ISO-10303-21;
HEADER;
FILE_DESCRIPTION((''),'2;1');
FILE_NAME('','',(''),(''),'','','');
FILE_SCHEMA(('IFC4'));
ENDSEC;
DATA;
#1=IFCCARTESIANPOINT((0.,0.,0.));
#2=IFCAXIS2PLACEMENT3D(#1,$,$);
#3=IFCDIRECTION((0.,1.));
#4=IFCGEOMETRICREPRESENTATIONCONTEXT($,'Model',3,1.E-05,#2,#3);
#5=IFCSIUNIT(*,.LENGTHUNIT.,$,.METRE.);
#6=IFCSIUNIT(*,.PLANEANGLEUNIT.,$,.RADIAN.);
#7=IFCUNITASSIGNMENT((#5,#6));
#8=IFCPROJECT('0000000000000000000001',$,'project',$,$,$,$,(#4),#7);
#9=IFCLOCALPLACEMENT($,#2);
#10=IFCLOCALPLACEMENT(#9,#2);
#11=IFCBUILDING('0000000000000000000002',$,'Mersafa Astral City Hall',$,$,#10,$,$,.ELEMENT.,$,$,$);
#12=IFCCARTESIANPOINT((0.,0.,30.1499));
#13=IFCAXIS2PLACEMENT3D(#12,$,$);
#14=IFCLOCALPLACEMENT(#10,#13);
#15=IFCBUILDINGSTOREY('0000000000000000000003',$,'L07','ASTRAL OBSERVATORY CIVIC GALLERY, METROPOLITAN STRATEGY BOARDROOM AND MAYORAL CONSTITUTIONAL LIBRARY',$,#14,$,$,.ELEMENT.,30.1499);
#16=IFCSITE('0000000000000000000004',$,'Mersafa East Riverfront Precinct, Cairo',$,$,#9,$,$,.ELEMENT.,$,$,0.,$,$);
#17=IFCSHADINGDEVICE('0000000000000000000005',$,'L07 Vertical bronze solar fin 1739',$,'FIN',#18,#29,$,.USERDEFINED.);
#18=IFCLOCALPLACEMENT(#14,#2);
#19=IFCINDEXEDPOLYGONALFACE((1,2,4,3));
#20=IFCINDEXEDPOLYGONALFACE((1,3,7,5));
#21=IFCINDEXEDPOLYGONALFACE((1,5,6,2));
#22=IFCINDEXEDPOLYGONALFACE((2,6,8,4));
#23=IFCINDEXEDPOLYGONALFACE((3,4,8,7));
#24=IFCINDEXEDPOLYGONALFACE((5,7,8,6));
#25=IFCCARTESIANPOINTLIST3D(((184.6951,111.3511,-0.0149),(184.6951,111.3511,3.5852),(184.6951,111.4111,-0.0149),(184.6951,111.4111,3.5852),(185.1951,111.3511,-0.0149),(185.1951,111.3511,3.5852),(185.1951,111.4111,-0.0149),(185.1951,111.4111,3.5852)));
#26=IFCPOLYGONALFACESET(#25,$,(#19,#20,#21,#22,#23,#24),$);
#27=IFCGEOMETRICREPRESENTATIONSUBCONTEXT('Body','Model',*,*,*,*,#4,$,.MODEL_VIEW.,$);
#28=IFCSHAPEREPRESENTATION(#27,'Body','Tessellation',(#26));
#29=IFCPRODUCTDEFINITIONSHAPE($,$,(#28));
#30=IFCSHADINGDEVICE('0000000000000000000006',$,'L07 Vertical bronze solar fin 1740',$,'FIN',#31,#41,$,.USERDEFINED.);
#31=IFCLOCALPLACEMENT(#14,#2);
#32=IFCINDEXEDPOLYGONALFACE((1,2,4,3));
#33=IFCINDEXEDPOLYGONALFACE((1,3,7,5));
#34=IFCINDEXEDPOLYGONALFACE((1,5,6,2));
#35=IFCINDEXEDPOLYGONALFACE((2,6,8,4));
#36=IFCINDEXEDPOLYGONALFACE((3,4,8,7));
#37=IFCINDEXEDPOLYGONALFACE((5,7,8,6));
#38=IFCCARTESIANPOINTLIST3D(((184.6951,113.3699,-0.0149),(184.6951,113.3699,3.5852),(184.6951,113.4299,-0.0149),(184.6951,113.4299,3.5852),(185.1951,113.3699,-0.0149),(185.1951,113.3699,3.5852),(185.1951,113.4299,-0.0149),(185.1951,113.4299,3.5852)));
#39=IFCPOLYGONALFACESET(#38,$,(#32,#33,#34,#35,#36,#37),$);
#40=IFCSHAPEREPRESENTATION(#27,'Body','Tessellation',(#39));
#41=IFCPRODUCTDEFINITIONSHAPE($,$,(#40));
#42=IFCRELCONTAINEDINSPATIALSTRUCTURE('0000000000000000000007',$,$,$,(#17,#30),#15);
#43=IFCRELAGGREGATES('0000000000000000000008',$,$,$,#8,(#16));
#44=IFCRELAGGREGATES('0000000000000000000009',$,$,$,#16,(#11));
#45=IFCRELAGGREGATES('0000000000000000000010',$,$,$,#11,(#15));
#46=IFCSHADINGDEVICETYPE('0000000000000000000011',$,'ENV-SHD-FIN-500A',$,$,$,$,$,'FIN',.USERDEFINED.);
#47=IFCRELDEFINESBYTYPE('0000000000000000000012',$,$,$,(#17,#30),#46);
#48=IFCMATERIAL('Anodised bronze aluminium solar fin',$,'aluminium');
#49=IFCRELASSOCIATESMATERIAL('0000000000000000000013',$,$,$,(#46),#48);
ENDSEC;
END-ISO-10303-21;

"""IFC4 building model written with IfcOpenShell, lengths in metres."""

from ifc_helpers import new_model, si_unit, direction, frame, origin, origin_2d, place, context, subcontext, project, spatial, rectangle, extrude, material, type_object, element, save


model = new_model("IFC4")

# Units and contexts
model_context = context("Model", 3, precision=1e-05, world=origin(), true_north=direction((0.0, 1.0)))
body_context = subcontext(model_context, "Body", "Model", "MODEL_VIEW")
ifc_project = project(units=[si_unit("LENGTHUNIT", "METRE"), si_unit("PLANEANGLEUNIT", "RADIAN")], contexts=[model_context])

# Site, building, storey
site_placement = place(None, origin())
site = spatial("IfcSite", under=ifc_project, at=site_placement, Name="Mersafa East Riverfront Precinct, Cairo", CompositionType="ELEMENT", RefElevation=0.0)
building_placement = place(site_placement, origin())
building = spatial("IfcBuilding", under=site, at=building_placement, Name="Mersafa Astral City Hall", CompositionType="ELEMENT")
storey_placement = place(building_placement, frame((0.0, 0.0, 30.1499)))
storey = spatial("IfcBuildingStorey", under=building, at=storey_placement, Name="L07", Description="ASTRAL OBSERVATORY CIVIC GALLERY, METROPOLITAN STRATEGY BOARDROOM AND MAYORAL CONSTITUTIONAL LIBRARY", CompositionType="ELEMENT", Elevation=30.1499)

# Shading devices
ifc_material_1 = material(Name="Anodised bronze aluminium solar fin", Category="aluminium")
shading_device_type = type_object("IfcShadingDeviceType", Name="ENV-SHD-FIN-500A", ElementType="FIN", PredefinedType="USERDEFINED", material=ifc_material_1)
for number, where, z_axis, x_axis, name in (
    (1, (184.9451, 111.3811, -0.0149), (0.0, 0.0, 1.0), (0.0, 1.0, 0.0), "L07 Vertical bronze solar fin 1739"),
    (2, (184.9451, 113.3999, -0.0149), (0.0, 0.0, 1.0), (0.0, 1.0, 0.0), "L07 Vertical bronze solar fin 1740"),
):
    element("IfcShadingDevice", number, at=place(storey_placement, frame(where, z_axis=z_axis, x_axis=x_axis)), inside=storey, type_object=shading_device_type, Name=name, ObjectType="FIN", PredefinedType="USERDEFINED", context=body_context, shape_type="SweptSolid", body=[
        extrude(rectangle(XDim=0.0601, YDim=0.5, at=origin_2d()), origin(), (0.0, 0.0, 1.0), 3.6001),
    ])

save(model, "model.ifc")
